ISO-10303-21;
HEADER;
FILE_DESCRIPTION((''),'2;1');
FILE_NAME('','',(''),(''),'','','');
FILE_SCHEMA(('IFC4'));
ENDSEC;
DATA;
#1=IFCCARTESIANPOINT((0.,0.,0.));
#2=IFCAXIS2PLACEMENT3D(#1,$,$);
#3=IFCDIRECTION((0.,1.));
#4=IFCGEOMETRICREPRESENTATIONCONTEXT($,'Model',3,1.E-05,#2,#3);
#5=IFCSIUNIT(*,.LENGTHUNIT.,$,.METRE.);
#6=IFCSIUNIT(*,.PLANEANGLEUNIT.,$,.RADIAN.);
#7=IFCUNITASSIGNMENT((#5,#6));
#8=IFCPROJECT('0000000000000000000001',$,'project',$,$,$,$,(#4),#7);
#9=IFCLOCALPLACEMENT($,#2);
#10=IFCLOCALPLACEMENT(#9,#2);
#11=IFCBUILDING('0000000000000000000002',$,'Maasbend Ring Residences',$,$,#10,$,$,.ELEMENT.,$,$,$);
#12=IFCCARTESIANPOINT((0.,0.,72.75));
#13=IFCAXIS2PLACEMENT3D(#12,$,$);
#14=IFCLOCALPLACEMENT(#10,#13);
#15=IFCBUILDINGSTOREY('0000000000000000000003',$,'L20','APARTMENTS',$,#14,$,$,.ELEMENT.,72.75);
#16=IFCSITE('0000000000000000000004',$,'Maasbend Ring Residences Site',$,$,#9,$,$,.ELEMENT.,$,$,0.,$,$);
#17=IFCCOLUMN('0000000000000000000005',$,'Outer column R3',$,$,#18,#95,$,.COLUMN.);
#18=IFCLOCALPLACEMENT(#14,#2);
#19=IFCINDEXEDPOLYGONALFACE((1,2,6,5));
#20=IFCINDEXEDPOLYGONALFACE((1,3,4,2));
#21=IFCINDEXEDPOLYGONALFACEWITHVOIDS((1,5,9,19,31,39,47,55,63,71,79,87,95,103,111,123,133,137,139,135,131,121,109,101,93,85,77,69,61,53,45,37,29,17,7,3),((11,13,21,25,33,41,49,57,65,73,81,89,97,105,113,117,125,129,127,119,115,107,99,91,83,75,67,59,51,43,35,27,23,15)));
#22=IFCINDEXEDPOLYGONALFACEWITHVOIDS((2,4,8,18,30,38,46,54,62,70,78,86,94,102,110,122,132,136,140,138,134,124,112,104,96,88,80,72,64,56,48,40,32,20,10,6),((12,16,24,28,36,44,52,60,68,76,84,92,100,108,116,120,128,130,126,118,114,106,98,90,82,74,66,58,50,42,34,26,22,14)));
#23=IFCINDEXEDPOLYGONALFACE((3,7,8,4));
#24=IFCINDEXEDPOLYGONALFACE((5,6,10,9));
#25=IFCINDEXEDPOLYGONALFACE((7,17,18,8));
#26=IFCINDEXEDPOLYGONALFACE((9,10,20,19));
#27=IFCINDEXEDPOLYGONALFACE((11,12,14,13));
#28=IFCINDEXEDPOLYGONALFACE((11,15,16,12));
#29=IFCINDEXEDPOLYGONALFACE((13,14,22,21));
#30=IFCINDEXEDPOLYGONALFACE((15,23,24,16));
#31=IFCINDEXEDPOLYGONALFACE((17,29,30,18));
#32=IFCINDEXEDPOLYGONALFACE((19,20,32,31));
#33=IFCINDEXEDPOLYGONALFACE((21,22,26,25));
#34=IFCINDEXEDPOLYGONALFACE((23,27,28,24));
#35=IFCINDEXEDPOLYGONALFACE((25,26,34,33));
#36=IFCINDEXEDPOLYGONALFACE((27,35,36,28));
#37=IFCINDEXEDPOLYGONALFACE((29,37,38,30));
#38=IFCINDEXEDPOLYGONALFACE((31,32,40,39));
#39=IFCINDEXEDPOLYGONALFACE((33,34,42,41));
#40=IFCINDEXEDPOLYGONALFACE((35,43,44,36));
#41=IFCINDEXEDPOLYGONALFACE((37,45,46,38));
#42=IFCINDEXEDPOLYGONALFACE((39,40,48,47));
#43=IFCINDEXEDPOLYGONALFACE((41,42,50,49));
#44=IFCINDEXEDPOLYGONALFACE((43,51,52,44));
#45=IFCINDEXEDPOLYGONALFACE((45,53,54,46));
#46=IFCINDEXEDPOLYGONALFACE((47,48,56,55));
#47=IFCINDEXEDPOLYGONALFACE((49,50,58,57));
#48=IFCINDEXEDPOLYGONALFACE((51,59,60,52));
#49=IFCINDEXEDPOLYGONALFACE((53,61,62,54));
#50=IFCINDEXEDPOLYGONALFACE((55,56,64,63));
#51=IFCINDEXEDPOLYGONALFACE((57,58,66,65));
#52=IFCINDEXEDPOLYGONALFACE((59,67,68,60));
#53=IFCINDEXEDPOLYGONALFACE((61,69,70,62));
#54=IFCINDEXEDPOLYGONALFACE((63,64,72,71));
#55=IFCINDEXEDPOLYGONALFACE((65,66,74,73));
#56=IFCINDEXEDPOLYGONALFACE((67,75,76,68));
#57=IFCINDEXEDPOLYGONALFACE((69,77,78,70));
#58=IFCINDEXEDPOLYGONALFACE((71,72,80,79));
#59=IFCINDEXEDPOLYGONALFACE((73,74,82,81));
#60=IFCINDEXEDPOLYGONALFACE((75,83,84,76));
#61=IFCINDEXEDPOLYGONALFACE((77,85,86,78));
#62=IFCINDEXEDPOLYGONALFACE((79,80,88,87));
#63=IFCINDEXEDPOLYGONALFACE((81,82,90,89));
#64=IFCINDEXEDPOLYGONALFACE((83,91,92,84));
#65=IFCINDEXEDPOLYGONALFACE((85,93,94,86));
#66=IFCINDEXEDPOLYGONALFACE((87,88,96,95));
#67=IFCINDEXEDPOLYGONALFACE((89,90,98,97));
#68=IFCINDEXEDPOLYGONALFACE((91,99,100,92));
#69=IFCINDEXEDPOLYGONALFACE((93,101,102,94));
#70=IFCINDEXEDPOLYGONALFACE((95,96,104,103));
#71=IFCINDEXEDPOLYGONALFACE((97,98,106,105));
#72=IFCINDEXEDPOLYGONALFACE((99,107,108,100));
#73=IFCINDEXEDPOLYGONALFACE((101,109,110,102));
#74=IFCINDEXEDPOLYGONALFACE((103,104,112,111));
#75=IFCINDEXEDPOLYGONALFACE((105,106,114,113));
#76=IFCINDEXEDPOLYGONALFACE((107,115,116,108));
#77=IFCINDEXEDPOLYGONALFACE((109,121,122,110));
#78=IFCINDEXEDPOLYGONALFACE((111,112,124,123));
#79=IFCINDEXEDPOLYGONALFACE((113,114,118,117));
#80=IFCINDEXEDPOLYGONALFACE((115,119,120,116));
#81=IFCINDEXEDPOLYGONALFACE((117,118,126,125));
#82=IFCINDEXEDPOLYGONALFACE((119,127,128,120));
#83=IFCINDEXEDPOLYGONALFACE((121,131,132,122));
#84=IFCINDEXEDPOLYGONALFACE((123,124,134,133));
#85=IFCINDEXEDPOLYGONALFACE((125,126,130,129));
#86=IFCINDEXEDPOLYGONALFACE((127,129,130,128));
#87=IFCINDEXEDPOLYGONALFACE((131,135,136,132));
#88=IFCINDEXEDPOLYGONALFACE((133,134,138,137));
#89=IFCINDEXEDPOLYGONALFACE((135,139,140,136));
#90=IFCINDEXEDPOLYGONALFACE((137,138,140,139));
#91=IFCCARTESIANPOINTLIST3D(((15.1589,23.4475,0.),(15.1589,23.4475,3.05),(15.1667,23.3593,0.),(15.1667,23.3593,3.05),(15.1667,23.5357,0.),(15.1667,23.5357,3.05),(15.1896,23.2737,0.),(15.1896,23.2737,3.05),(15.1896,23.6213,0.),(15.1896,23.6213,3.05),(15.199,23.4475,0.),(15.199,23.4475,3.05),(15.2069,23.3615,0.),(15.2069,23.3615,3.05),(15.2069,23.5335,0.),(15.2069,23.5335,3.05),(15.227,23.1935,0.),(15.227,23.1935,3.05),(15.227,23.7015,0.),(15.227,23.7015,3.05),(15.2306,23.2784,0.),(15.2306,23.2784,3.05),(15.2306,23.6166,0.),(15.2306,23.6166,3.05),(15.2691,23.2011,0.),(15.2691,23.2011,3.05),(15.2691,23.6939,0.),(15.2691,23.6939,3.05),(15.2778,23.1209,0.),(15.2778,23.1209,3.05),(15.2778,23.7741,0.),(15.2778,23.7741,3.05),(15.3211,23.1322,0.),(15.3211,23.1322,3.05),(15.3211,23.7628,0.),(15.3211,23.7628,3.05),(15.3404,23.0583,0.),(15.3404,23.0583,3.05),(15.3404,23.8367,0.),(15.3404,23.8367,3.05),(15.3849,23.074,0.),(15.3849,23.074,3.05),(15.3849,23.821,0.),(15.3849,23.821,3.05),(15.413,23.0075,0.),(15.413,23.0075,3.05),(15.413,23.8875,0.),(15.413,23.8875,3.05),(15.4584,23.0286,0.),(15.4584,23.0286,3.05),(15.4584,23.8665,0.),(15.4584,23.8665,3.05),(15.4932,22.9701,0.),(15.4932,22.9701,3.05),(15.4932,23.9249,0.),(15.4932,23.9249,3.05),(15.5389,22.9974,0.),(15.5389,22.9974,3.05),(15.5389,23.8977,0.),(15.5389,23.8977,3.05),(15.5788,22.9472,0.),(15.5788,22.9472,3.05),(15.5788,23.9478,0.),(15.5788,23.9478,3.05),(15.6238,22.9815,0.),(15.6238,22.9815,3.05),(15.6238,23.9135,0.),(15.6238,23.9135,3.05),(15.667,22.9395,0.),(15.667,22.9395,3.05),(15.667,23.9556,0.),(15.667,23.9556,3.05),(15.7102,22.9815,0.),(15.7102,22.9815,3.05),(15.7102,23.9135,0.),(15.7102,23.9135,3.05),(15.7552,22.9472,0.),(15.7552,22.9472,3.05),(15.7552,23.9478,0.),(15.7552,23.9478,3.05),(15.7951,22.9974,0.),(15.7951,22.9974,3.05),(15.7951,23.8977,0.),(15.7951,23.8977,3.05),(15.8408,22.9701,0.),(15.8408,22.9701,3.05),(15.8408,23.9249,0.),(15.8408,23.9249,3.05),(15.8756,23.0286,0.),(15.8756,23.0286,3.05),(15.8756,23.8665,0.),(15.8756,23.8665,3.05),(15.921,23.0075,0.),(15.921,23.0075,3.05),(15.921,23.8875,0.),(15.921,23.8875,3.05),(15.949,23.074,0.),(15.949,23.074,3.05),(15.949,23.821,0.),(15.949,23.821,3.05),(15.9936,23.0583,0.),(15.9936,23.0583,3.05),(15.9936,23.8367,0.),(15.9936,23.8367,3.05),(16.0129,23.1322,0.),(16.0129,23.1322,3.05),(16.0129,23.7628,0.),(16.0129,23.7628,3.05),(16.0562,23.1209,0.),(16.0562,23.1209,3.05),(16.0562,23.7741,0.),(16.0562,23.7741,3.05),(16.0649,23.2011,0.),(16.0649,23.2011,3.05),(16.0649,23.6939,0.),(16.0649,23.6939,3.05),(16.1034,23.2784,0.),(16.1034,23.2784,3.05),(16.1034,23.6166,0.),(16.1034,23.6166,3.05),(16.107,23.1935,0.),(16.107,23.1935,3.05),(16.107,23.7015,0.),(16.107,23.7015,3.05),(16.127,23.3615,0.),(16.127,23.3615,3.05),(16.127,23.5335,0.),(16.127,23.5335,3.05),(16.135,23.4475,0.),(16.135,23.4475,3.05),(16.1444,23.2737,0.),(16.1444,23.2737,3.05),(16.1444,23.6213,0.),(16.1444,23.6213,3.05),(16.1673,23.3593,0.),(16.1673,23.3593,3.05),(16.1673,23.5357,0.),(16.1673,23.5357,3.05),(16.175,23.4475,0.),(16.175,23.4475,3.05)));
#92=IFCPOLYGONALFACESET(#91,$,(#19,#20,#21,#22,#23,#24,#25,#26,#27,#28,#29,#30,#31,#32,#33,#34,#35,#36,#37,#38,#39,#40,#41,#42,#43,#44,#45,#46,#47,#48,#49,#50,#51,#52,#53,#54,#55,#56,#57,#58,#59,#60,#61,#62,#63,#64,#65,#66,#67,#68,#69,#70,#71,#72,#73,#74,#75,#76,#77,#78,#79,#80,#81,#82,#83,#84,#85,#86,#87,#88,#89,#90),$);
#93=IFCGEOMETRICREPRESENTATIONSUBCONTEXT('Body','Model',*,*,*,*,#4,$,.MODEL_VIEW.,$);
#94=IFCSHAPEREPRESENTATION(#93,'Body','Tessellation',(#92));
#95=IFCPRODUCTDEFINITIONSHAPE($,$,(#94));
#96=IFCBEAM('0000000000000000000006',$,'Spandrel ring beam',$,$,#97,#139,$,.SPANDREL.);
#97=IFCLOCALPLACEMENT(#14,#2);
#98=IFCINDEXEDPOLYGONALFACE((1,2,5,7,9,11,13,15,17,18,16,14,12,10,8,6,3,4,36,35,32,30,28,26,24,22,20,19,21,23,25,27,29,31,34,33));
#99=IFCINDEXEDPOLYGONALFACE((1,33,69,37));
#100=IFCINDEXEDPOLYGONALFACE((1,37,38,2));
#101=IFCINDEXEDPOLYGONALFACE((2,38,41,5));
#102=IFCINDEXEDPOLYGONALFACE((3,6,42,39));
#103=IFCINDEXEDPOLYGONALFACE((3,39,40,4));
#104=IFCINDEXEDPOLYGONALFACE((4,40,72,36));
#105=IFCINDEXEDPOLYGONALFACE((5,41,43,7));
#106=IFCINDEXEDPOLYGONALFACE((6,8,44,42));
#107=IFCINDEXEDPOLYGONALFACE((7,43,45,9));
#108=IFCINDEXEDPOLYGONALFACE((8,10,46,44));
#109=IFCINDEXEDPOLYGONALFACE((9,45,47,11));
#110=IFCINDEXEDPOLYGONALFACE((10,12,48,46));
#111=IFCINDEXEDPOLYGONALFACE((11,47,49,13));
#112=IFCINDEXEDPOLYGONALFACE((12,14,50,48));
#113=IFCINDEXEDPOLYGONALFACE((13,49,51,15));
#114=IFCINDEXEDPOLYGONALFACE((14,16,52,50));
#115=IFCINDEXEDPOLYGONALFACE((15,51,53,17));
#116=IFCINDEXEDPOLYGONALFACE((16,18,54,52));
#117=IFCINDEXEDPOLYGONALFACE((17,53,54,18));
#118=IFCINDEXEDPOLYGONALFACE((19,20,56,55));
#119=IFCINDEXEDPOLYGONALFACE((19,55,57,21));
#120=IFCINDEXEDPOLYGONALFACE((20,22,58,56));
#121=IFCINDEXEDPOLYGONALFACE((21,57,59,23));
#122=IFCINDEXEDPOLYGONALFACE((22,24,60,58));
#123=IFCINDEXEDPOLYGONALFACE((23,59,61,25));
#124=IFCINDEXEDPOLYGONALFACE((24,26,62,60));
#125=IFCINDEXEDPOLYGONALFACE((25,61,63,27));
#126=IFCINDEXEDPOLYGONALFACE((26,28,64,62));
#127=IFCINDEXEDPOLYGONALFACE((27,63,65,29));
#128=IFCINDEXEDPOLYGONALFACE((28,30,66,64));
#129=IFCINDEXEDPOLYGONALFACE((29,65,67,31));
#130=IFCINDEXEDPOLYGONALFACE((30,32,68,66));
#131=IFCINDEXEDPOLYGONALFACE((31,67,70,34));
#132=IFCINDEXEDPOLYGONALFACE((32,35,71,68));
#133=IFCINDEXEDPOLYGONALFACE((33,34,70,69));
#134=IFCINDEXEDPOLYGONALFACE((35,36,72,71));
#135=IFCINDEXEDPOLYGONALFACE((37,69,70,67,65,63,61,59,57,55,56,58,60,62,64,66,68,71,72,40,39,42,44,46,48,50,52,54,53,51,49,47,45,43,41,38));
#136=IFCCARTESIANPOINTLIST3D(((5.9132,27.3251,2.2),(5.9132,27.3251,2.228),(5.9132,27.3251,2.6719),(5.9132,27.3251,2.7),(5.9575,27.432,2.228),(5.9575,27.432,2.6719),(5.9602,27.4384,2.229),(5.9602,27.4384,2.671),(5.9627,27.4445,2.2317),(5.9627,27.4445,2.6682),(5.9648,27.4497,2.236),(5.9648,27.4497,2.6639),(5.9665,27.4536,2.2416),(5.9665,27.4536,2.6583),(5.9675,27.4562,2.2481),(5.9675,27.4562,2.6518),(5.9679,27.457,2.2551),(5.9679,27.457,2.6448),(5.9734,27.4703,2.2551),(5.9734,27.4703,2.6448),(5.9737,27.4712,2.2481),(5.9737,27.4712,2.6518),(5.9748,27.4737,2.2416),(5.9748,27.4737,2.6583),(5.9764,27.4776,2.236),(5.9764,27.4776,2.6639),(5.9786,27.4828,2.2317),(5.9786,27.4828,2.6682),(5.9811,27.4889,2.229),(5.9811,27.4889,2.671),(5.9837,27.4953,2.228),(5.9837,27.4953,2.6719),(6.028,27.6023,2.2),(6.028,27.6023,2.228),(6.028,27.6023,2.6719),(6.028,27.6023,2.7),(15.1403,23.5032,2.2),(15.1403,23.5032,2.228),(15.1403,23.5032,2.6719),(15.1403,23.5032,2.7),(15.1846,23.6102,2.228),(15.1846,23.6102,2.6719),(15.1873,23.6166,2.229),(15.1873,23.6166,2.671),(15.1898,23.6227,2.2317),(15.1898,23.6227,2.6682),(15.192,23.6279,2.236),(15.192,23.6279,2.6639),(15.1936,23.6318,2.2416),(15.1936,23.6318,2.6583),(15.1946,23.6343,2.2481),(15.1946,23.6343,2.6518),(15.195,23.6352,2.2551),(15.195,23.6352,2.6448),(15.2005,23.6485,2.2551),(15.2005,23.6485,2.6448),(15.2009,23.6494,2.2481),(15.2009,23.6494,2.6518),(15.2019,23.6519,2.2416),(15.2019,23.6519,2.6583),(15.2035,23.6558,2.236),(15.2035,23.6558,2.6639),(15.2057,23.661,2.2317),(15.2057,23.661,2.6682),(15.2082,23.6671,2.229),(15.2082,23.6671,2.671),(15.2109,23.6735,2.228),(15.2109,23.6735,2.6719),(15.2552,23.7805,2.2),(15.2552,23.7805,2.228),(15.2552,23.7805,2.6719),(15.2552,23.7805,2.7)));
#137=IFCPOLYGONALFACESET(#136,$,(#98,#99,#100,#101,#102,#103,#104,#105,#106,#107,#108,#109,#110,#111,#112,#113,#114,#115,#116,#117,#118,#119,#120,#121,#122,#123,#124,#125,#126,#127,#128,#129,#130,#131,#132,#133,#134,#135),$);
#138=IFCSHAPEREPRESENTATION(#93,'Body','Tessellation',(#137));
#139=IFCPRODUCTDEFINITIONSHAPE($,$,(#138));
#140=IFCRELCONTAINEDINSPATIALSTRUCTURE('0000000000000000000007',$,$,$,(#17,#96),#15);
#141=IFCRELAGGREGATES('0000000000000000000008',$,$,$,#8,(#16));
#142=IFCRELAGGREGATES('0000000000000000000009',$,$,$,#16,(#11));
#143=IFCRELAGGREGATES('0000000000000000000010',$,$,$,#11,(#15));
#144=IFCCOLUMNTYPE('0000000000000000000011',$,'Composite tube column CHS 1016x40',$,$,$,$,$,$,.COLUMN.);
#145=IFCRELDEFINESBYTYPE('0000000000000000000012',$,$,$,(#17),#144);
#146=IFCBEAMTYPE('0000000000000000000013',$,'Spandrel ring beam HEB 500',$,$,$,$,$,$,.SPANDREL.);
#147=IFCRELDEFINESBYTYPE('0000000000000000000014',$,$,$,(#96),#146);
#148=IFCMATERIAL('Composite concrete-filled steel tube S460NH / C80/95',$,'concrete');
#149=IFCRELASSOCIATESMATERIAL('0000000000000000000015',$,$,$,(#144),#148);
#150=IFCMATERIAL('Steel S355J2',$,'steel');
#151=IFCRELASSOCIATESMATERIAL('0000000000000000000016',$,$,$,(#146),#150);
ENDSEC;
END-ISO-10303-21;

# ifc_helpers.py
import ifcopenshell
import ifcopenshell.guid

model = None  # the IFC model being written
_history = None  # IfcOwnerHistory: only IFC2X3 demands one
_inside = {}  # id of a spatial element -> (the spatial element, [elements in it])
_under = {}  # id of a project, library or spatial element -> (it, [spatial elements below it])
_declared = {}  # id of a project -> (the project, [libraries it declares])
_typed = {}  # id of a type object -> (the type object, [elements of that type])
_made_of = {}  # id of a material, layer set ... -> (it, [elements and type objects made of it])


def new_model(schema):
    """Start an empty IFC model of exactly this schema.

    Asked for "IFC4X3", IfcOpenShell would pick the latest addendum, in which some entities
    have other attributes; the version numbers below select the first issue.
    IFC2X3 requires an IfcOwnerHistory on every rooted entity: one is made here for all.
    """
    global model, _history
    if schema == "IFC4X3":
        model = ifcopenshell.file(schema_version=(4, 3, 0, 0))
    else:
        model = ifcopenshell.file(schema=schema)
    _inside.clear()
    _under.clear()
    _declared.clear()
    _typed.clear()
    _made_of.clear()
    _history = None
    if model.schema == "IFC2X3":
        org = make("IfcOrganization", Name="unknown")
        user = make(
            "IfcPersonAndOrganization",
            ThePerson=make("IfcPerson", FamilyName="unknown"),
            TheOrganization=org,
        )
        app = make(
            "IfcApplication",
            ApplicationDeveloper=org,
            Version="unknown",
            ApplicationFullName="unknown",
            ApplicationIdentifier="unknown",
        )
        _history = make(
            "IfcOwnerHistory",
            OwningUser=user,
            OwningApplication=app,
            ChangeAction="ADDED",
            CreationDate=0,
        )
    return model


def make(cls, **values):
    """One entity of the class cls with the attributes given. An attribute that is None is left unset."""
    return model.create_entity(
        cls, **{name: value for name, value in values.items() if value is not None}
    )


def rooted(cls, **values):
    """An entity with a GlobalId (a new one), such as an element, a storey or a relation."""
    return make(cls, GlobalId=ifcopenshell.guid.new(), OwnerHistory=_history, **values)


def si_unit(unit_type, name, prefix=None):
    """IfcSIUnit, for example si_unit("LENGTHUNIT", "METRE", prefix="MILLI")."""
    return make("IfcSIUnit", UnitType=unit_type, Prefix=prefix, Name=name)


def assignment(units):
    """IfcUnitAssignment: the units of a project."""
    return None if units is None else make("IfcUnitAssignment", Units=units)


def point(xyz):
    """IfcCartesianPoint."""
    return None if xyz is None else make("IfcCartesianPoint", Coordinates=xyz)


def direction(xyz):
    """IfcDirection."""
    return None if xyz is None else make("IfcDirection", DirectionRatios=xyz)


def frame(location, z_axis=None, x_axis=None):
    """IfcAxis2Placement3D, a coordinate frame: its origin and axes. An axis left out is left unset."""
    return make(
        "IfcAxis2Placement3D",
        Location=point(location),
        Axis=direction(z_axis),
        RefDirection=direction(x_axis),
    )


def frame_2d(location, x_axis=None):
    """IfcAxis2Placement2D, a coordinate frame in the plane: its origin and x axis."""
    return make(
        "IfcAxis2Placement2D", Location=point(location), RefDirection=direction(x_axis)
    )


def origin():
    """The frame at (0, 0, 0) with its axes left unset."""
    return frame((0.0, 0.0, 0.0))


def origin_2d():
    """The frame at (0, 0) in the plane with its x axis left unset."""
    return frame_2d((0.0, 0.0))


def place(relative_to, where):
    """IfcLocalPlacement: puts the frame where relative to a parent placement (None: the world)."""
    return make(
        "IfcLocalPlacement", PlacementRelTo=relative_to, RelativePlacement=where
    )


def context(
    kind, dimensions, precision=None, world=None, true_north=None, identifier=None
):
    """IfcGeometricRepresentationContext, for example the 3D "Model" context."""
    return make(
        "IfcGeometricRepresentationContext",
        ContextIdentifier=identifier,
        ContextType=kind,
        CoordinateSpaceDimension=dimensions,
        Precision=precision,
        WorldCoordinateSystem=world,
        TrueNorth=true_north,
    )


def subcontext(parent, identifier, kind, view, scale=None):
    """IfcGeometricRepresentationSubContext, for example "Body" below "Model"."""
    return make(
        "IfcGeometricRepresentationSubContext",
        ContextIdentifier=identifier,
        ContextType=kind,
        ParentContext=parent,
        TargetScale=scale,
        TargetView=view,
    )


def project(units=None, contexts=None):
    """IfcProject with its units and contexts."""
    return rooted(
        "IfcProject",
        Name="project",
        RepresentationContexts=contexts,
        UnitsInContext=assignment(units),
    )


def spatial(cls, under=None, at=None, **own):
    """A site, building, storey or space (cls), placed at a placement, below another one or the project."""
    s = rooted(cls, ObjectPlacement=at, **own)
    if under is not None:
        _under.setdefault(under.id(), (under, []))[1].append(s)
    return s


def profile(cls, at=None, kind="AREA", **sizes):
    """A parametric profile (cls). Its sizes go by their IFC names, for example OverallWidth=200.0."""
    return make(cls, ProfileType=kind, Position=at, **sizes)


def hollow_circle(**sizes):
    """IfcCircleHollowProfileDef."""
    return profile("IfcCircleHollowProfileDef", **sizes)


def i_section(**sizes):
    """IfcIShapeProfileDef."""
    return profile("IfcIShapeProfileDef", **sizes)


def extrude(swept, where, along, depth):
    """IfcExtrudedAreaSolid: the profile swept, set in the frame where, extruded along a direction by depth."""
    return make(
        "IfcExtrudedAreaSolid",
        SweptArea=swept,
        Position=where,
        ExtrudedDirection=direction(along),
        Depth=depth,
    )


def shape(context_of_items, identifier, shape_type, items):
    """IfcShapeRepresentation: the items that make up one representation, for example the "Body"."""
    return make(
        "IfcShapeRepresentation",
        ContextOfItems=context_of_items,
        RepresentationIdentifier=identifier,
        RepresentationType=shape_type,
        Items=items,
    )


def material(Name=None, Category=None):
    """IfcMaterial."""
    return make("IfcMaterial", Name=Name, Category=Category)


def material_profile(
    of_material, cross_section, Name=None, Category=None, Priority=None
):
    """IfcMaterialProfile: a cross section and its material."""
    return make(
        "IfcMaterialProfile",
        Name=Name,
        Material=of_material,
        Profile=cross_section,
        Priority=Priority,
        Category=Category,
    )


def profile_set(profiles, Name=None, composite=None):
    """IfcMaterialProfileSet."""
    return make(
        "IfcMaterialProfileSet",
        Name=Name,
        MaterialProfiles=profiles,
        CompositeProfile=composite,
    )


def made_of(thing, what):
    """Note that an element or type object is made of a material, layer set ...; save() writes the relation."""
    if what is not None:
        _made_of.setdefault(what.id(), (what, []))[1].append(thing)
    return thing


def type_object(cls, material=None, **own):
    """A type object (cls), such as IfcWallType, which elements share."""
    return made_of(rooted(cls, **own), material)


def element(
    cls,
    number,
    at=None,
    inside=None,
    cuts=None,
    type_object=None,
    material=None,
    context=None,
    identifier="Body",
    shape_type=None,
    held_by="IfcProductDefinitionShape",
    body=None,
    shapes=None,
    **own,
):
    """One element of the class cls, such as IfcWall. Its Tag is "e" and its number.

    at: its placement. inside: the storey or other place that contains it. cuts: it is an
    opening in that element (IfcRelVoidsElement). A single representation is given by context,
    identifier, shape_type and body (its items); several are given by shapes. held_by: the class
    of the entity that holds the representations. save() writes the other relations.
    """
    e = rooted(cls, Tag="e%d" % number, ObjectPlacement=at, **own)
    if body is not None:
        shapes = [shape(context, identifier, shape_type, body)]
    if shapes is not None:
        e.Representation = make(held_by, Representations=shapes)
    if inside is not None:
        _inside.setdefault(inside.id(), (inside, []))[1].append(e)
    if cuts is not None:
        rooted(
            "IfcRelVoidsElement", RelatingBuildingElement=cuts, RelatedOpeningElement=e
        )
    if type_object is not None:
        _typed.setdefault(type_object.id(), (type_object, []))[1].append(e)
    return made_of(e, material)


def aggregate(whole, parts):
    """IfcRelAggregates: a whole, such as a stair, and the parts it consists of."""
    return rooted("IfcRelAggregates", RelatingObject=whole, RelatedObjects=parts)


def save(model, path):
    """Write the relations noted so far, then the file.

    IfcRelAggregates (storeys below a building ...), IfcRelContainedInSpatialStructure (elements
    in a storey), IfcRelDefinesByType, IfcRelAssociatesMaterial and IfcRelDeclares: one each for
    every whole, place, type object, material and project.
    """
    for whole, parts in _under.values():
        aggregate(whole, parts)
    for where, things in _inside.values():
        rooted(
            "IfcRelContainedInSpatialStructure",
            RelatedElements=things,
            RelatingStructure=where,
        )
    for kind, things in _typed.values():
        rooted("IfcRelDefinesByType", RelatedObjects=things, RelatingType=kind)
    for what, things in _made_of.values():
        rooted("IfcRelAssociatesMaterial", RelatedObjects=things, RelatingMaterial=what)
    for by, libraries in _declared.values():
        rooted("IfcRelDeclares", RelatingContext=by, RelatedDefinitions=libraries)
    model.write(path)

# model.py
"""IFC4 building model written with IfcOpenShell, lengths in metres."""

from ifc_helpers import new_model, si_unit, direction, frame, origin, origin_2d, place, context, subcontext, project, spatial, hollow_circle, i_section, extrude, material, material_profile, profile_set, type_object, element, save


model = new_model("IFC4")

# Units and contexts
model_context = context("Model", 3, precision=1e-05, world=origin(), true_north=direction((0.0, 1.0)))
body_context = subcontext(model_context, "Body", "Model", "MODEL_VIEW")
ifc_project = project(units=[si_unit("LENGTHUNIT", "METRE"), si_unit("PLANEANGLEUNIT", "RADIAN")], contexts=[model_context])

# Site, building, storey
site_placement = place(None, origin())
site = spatial("IfcSite", under=ifc_project, at=site_placement, Name="Maasbend Ring Residences Site", CompositionType="ELEMENT", RefElevation=0.0)
building_placement = place(site_placement, origin())
building = spatial("IfcBuilding", under=site, at=building_placement, Name="Maasbend Ring Residences", CompositionType="ELEMENT")
storey_placement = place(building_placement, frame((0.0, 0.0, 72.75)))
storey = spatial("IfcBuildingStorey", under=building, at=storey_placement, Name="L20", Description="APARTMENTS", CompositionType="ELEMENT", Elevation=72.75)

# Column
ifc_material_1 = material(Name="Composite concrete-filled steel tube S460NH / C80/95", Category="concrete")
ifc_material_profile_1 = material_profile(ifc_material_1, hollow_circle(Radius=0.5081, WallThickness=0.04, at=origin_2d()), Name="Composite tube column CHS 1016x40")
ifc_profile_set_1 = profile_set([ifc_material_profile_1], Name="Composite concrete-filled steel tube S460NH / C80/95")
column_type = type_object("IfcColumnType", Name="Composite tube column CHS 1016x40", PredefinedType="COLUMN", material=ifc_profile_set_1)
column_placement = place(storey_placement, frame((15.667, 23.4475, 0.0), z_axis=(0.0, 0.0, 1.0), x_axis=(1.0, 0.0, 0.0)))
element("IfcColumn", 1, at=column_placement, inside=storey, type_object=column_type, Name="Outer column R3", PredefinedType="COLUMN", context=body_context, shape_type="SweptSolid", body=[
    extrude(hollow_circle(Radius=0.5081, WallThickness=0.04, at=origin_2d()), origin(), (0.0, 0.0, 1.0), 3.05),
])

# Beam
ifc_material_2 = material(Name="Steel S355J2", Category="steel")
ifc_material_profile_2 = material_profile(ifc_material_2, i_section(OverallWidth=0.3, OverallDepth=0.5, WebThickness=0.0144, FlangeThickness=0.0281, FilletRadius=0.0271, at=origin_2d()), Name="HEB 500")
ifc_profile_set_2 = profile_set([ifc_material_profile_2], Name="Steel S355J2")
beam_type = type_object("IfcBeamType", Name="Spandrel ring beam HEB 500", PredefinedType="SPANDREL", material=ifc_profile_set_2)
beam_placement = place(storey_placement, frame((15.1978, 23.6418, 2.45), z_axis=(-0.923886, 0.382667, 0.0), x_axis=(-0.382667, -0.923886, 0.0)))
element("IfcBeam", 2, at=beam_placement, inside=storey, type_object=beam_type, Name="Spandrel ring beam", PredefinedType="SPANDREL", context=body_context, shape_type="SweptSolid", body=[
    extrude(i_section(OverallWidth=0.3, OverallDepth=0.5, WebThickness=0.0144, FlangeThickness=0.0281, FilletRadius=0.0271, at=origin_2d()), origin(), (0.0, 0.0, 1.0), 9.9873),
])

save(model, "model.ifc")
